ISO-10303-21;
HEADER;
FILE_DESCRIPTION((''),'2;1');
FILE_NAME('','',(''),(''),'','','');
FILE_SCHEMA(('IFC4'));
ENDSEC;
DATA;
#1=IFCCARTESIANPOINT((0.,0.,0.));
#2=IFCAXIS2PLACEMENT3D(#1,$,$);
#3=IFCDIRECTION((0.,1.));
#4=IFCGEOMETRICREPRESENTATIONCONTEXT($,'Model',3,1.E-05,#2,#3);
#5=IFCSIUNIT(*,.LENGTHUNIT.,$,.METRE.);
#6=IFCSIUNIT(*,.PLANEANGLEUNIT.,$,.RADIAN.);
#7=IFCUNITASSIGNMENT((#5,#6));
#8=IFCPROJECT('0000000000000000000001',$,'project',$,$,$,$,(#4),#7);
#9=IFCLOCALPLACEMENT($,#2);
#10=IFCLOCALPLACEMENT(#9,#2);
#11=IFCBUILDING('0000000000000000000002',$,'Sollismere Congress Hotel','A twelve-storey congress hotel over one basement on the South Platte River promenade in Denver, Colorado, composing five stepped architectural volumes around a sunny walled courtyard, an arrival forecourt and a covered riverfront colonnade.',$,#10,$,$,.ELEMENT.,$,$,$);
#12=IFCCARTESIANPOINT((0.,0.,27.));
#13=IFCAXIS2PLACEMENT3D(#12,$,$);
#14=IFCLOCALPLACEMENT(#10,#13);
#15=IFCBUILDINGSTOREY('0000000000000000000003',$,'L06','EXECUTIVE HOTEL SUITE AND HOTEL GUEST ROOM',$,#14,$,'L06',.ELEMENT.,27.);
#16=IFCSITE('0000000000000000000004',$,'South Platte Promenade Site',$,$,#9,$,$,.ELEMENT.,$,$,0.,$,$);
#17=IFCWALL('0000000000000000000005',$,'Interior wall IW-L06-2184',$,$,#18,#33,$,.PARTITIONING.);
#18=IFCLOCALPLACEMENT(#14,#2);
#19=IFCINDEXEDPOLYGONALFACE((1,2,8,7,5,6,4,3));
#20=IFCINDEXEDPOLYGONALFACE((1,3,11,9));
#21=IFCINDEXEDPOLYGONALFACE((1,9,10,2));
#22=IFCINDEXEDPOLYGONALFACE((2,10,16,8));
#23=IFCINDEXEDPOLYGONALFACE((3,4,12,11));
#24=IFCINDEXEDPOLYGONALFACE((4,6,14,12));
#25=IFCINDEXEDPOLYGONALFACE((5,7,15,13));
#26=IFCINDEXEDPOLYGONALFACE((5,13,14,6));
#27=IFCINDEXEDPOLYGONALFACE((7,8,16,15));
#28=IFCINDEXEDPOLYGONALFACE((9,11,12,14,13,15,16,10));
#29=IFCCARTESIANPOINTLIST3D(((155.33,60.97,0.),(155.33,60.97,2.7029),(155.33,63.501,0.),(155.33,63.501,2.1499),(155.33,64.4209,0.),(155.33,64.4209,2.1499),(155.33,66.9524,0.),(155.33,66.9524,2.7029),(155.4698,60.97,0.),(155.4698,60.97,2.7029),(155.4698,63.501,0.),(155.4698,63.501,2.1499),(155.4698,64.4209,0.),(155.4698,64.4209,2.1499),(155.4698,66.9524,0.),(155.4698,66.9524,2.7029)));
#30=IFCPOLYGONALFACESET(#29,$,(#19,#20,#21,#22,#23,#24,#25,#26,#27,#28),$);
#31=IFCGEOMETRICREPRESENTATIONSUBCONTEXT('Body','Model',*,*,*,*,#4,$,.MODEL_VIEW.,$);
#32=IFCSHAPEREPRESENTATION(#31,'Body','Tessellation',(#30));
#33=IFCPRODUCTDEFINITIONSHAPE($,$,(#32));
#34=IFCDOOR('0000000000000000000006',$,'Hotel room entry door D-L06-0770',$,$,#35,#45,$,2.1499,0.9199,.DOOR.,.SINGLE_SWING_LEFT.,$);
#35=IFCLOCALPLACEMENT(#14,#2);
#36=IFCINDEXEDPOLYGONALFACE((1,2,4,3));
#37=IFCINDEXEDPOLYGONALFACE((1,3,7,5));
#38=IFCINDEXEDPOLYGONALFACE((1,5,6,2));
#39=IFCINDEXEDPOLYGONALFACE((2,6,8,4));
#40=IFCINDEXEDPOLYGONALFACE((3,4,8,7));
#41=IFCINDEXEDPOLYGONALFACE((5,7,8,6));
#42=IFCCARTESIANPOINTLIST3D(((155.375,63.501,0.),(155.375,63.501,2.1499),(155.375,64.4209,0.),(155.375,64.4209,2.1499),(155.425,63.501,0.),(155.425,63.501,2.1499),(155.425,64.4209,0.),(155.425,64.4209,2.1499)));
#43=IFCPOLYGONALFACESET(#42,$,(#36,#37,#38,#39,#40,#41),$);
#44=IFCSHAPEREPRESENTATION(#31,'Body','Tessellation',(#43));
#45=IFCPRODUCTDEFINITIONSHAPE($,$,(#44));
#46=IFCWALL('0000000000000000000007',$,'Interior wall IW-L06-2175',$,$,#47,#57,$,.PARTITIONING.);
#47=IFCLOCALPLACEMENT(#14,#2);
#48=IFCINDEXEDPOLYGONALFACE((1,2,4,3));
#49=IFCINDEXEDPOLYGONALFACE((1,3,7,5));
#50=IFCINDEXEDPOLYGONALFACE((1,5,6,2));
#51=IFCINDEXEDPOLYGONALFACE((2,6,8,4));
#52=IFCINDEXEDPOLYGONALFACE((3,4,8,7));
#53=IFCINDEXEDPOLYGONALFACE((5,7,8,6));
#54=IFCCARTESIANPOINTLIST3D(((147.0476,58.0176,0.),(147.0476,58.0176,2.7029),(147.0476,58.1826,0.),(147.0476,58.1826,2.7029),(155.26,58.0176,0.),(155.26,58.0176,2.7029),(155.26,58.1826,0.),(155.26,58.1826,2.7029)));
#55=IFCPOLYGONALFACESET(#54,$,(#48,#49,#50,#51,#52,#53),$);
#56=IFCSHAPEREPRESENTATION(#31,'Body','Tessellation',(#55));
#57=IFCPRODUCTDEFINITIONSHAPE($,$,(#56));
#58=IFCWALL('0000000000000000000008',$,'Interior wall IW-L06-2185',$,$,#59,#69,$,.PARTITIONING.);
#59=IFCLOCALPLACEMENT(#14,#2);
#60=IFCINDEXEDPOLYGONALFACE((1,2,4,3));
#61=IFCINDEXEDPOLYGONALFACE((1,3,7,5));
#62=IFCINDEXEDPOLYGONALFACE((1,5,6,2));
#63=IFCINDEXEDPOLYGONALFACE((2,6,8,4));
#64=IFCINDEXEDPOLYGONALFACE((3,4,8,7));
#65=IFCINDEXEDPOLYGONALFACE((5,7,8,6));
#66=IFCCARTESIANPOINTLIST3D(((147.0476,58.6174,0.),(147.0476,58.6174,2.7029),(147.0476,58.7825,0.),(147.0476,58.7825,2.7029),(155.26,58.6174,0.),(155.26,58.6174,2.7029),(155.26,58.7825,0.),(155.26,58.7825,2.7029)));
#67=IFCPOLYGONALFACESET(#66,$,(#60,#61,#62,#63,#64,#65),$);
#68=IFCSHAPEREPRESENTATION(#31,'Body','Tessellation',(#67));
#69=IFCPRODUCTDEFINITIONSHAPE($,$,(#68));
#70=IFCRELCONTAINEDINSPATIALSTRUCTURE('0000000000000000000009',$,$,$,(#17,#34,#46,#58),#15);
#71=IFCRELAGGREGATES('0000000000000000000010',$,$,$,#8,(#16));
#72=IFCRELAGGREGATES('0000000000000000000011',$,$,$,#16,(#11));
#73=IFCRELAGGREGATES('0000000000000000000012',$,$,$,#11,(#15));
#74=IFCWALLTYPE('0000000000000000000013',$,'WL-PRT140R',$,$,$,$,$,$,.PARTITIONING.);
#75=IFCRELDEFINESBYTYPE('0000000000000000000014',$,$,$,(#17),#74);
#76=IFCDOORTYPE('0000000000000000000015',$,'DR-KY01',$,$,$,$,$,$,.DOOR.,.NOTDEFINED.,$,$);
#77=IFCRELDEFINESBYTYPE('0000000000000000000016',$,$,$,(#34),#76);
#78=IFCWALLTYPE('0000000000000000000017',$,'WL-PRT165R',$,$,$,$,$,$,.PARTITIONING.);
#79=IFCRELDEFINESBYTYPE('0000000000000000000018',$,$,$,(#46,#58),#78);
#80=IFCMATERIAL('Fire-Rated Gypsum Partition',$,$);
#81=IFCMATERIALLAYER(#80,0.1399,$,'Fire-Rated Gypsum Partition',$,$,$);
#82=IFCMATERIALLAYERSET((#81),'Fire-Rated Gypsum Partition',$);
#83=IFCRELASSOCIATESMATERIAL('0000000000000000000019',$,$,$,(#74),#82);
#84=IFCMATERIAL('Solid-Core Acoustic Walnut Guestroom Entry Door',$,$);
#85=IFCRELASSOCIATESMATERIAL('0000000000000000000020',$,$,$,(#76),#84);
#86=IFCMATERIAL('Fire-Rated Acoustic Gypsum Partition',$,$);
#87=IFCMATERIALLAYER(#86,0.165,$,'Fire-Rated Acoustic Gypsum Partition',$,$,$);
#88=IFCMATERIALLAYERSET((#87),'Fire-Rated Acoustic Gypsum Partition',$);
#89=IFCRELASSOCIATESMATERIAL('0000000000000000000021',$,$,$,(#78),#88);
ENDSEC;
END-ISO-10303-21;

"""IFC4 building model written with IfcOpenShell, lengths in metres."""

from ifc_helpers import new_model, si_unit, direction, frame, frame_2d, origin, place, context, subcontext, project, spatial, rectangle, extrude, material, layer, layer_set, type_object, element, fill, save


model = new_model("IFC4")

# Units and contexts
model_context = context("Model", 3, precision=1e-05, world=origin(), true_north=direction((0.0, 1.0)))
body_context = subcontext(model_context, "Body", "Model", "MODEL_VIEW")
ifc_project = project(units=[si_unit("LENGTHUNIT", "METRE"), si_unit("PLANEANGLEUNIT", "RADIAN")], contexts=[model_context])

# Site, building, storey
site_placement = place(None, origin())
site = spatial("IfcSite", under=ifc_project, at=site_placement, Name="South Platte Promenade Site", CompositionType="ELEMENT", RefElevation=0.0)
building_placement = place(site_placement, origin())
building = spatial("IfcBuilding", under=site, at=building_placement, Name="Sollismere Congress Hotel", Description="A twelve-storey congress hotel over one basement on the South Platte River promenade in Denver, Colorado, composing five stepped architectural volumes around a sunny walled courtyard, an arrival forecourt and a covered riverfront colonnade.", CompositionType="ELEMENT")
storey_placement = place(building_placement, frame((0.0, 0.0, 27.0)))
storey = spatial("IfcBuildingStorey", under=building, at=storey_placement, Name="L06", Description="EXECUTIVE HOTEL SUITE AND HOTEL GUEST ROOM", LongName="L06", CompositionType="ELEMENT", Elevation=27.0)

# Shared definitions
ifc_material_1 = material(Name="Fire-Rated Gypsum Partition")
ifc_layer_1 = layer(ifc_material_1, 0.1399, Name="Fire-Rated Gypsum Partition")
ifc_layer_set_1 = layer_set([ifc_layer_1], Name="Fire-Rated Gypsum Partition")
wall_type_1 = type_object("IfcWallType", Name="WL-PRT140R", PredefinedType="PARTITIONING", material=ifc_layer_set_1)
ifc_material_2 = material(Name="Solid-Core Acoustic Walnut Guestroom Entry Door")

# Wall, opening, door
wall_1_placement = place(storey_placement, frame((155.3999, 60.97, 0.0), z_axis=(0.0, 0.0, 1.0), x_axis=(0.0, 1.0, 0.0)))
wall_1 = element("IfcWall", 1, at=wall_1_placement, inside=storey, type_object=wall_type_1, Name="Interior wall IW-L06-2184", PredefinedType="PARTITIONING", context=body_context, shape_type="SweptSolid", body=[
    extrude(rectangle(XDim=5.9824, YDim=0.1399, at=frame_2d((2.9912, 0.0))), origin(), (0.0, 0.0, 1.0), 2.7029),
])
opening_1_placement = place(wall_1_placement, frame((2.531, 0.0, 0.0)))
opening_1 = element("IfcOpeningElement", 2, at=opening_1_placement, cuts=wall_1, PredefinedType="OPENING", context=body_context, shape_type="SweptSolid", body=[
    extrude(rectangle(XDim=0.9199, YDim=2.1499, at=frame_2d((0.46, 1.075))), frame((0.0, 0.0798, 0.0), z_axis=(0.0, -1.0, 0.0), x_axis=(1.0, 0.0, 0.0)), (0.0, 0.0, 1.0), 0.1599),
])
door_type_1 = type_object("IfcDoorType", Name="DR-KY01", OperationType="NOTDEFINED", PredefinedType="DOOR", material=ifc_material_2)
door_1_placement = place(opening_1_placement, origin())
door_1 = element("IfcDoor", 3, at=door_1_placement, inside=storey, type_object=door_type_1, Name="Hotel room entry door D-L06-0770", OperationType="SINGLE_SWING_LEFT", OverallHeight=2.1499, OverallWidth=0.9199, PredefinedType="DOOR", context=body_context, shape_type="SweptSolid", body=[
    extrude(rectangle(XDim=0.9199, YDim=2.1499, at=frame_2d((0.46, 1.075))), frame((0.0, 0.0249, 0.0), z_axis=(0.0, -1.0, 0.0), x_axis=(1.0, 0.0, 0.0)), (0.0, 0.0, 1.0), 0.05),
])
fill(opening_1, door_1)

# Walls
ifc_material_3 = material(Name="Fire-Rated Acoustic Gypsum Partition")
ifc_layer_2 = layer(ifc_material_3, 0.165, Name="Fire-Rated Acoustic Gypsum Partition")
ifc_layer_set_2 = layer_set([ifc_layer_2], Name="Fire-Rated Acoustic Gypsum Partition")
wall_type_2 = type_object("IfcWallType", Name="WL-PRT165R", PredefinedType="PARTITIONING", material=ifc_layer_set_2)
for number, where, z_axis, x_axis, name in (
    (4, (147.0476, 58.1001, 0.0), (0.0, 0.0, 1.0), (1.0, 0.0, 0.0), "Interior wall IW-L06-2175"),
    (5, (147.0476, 58.7, 0.0), (0.0, 0.0, 1.0), (1.0, 0.0, 0.0), "Interior wall IW-L06-2185"),
):
    element("IfcWall", number, at=place(storey_placement, frame(where, z_axis=z_axis, x_axis=x_axis)), inside=storey, type_object=wall_type_2, Name=name, PredefinedType="PARTITIONING", context=body_context, shape_type="SweptSolid", body=[
        extrude(rectangle(XDim=8.2124, YDim=0.165, at=frame_2d((4.1062, 0.0))), origin(), (0.0, 0.0, 1.0), 2.7029),
    ])

save(model, "model.ifc")
